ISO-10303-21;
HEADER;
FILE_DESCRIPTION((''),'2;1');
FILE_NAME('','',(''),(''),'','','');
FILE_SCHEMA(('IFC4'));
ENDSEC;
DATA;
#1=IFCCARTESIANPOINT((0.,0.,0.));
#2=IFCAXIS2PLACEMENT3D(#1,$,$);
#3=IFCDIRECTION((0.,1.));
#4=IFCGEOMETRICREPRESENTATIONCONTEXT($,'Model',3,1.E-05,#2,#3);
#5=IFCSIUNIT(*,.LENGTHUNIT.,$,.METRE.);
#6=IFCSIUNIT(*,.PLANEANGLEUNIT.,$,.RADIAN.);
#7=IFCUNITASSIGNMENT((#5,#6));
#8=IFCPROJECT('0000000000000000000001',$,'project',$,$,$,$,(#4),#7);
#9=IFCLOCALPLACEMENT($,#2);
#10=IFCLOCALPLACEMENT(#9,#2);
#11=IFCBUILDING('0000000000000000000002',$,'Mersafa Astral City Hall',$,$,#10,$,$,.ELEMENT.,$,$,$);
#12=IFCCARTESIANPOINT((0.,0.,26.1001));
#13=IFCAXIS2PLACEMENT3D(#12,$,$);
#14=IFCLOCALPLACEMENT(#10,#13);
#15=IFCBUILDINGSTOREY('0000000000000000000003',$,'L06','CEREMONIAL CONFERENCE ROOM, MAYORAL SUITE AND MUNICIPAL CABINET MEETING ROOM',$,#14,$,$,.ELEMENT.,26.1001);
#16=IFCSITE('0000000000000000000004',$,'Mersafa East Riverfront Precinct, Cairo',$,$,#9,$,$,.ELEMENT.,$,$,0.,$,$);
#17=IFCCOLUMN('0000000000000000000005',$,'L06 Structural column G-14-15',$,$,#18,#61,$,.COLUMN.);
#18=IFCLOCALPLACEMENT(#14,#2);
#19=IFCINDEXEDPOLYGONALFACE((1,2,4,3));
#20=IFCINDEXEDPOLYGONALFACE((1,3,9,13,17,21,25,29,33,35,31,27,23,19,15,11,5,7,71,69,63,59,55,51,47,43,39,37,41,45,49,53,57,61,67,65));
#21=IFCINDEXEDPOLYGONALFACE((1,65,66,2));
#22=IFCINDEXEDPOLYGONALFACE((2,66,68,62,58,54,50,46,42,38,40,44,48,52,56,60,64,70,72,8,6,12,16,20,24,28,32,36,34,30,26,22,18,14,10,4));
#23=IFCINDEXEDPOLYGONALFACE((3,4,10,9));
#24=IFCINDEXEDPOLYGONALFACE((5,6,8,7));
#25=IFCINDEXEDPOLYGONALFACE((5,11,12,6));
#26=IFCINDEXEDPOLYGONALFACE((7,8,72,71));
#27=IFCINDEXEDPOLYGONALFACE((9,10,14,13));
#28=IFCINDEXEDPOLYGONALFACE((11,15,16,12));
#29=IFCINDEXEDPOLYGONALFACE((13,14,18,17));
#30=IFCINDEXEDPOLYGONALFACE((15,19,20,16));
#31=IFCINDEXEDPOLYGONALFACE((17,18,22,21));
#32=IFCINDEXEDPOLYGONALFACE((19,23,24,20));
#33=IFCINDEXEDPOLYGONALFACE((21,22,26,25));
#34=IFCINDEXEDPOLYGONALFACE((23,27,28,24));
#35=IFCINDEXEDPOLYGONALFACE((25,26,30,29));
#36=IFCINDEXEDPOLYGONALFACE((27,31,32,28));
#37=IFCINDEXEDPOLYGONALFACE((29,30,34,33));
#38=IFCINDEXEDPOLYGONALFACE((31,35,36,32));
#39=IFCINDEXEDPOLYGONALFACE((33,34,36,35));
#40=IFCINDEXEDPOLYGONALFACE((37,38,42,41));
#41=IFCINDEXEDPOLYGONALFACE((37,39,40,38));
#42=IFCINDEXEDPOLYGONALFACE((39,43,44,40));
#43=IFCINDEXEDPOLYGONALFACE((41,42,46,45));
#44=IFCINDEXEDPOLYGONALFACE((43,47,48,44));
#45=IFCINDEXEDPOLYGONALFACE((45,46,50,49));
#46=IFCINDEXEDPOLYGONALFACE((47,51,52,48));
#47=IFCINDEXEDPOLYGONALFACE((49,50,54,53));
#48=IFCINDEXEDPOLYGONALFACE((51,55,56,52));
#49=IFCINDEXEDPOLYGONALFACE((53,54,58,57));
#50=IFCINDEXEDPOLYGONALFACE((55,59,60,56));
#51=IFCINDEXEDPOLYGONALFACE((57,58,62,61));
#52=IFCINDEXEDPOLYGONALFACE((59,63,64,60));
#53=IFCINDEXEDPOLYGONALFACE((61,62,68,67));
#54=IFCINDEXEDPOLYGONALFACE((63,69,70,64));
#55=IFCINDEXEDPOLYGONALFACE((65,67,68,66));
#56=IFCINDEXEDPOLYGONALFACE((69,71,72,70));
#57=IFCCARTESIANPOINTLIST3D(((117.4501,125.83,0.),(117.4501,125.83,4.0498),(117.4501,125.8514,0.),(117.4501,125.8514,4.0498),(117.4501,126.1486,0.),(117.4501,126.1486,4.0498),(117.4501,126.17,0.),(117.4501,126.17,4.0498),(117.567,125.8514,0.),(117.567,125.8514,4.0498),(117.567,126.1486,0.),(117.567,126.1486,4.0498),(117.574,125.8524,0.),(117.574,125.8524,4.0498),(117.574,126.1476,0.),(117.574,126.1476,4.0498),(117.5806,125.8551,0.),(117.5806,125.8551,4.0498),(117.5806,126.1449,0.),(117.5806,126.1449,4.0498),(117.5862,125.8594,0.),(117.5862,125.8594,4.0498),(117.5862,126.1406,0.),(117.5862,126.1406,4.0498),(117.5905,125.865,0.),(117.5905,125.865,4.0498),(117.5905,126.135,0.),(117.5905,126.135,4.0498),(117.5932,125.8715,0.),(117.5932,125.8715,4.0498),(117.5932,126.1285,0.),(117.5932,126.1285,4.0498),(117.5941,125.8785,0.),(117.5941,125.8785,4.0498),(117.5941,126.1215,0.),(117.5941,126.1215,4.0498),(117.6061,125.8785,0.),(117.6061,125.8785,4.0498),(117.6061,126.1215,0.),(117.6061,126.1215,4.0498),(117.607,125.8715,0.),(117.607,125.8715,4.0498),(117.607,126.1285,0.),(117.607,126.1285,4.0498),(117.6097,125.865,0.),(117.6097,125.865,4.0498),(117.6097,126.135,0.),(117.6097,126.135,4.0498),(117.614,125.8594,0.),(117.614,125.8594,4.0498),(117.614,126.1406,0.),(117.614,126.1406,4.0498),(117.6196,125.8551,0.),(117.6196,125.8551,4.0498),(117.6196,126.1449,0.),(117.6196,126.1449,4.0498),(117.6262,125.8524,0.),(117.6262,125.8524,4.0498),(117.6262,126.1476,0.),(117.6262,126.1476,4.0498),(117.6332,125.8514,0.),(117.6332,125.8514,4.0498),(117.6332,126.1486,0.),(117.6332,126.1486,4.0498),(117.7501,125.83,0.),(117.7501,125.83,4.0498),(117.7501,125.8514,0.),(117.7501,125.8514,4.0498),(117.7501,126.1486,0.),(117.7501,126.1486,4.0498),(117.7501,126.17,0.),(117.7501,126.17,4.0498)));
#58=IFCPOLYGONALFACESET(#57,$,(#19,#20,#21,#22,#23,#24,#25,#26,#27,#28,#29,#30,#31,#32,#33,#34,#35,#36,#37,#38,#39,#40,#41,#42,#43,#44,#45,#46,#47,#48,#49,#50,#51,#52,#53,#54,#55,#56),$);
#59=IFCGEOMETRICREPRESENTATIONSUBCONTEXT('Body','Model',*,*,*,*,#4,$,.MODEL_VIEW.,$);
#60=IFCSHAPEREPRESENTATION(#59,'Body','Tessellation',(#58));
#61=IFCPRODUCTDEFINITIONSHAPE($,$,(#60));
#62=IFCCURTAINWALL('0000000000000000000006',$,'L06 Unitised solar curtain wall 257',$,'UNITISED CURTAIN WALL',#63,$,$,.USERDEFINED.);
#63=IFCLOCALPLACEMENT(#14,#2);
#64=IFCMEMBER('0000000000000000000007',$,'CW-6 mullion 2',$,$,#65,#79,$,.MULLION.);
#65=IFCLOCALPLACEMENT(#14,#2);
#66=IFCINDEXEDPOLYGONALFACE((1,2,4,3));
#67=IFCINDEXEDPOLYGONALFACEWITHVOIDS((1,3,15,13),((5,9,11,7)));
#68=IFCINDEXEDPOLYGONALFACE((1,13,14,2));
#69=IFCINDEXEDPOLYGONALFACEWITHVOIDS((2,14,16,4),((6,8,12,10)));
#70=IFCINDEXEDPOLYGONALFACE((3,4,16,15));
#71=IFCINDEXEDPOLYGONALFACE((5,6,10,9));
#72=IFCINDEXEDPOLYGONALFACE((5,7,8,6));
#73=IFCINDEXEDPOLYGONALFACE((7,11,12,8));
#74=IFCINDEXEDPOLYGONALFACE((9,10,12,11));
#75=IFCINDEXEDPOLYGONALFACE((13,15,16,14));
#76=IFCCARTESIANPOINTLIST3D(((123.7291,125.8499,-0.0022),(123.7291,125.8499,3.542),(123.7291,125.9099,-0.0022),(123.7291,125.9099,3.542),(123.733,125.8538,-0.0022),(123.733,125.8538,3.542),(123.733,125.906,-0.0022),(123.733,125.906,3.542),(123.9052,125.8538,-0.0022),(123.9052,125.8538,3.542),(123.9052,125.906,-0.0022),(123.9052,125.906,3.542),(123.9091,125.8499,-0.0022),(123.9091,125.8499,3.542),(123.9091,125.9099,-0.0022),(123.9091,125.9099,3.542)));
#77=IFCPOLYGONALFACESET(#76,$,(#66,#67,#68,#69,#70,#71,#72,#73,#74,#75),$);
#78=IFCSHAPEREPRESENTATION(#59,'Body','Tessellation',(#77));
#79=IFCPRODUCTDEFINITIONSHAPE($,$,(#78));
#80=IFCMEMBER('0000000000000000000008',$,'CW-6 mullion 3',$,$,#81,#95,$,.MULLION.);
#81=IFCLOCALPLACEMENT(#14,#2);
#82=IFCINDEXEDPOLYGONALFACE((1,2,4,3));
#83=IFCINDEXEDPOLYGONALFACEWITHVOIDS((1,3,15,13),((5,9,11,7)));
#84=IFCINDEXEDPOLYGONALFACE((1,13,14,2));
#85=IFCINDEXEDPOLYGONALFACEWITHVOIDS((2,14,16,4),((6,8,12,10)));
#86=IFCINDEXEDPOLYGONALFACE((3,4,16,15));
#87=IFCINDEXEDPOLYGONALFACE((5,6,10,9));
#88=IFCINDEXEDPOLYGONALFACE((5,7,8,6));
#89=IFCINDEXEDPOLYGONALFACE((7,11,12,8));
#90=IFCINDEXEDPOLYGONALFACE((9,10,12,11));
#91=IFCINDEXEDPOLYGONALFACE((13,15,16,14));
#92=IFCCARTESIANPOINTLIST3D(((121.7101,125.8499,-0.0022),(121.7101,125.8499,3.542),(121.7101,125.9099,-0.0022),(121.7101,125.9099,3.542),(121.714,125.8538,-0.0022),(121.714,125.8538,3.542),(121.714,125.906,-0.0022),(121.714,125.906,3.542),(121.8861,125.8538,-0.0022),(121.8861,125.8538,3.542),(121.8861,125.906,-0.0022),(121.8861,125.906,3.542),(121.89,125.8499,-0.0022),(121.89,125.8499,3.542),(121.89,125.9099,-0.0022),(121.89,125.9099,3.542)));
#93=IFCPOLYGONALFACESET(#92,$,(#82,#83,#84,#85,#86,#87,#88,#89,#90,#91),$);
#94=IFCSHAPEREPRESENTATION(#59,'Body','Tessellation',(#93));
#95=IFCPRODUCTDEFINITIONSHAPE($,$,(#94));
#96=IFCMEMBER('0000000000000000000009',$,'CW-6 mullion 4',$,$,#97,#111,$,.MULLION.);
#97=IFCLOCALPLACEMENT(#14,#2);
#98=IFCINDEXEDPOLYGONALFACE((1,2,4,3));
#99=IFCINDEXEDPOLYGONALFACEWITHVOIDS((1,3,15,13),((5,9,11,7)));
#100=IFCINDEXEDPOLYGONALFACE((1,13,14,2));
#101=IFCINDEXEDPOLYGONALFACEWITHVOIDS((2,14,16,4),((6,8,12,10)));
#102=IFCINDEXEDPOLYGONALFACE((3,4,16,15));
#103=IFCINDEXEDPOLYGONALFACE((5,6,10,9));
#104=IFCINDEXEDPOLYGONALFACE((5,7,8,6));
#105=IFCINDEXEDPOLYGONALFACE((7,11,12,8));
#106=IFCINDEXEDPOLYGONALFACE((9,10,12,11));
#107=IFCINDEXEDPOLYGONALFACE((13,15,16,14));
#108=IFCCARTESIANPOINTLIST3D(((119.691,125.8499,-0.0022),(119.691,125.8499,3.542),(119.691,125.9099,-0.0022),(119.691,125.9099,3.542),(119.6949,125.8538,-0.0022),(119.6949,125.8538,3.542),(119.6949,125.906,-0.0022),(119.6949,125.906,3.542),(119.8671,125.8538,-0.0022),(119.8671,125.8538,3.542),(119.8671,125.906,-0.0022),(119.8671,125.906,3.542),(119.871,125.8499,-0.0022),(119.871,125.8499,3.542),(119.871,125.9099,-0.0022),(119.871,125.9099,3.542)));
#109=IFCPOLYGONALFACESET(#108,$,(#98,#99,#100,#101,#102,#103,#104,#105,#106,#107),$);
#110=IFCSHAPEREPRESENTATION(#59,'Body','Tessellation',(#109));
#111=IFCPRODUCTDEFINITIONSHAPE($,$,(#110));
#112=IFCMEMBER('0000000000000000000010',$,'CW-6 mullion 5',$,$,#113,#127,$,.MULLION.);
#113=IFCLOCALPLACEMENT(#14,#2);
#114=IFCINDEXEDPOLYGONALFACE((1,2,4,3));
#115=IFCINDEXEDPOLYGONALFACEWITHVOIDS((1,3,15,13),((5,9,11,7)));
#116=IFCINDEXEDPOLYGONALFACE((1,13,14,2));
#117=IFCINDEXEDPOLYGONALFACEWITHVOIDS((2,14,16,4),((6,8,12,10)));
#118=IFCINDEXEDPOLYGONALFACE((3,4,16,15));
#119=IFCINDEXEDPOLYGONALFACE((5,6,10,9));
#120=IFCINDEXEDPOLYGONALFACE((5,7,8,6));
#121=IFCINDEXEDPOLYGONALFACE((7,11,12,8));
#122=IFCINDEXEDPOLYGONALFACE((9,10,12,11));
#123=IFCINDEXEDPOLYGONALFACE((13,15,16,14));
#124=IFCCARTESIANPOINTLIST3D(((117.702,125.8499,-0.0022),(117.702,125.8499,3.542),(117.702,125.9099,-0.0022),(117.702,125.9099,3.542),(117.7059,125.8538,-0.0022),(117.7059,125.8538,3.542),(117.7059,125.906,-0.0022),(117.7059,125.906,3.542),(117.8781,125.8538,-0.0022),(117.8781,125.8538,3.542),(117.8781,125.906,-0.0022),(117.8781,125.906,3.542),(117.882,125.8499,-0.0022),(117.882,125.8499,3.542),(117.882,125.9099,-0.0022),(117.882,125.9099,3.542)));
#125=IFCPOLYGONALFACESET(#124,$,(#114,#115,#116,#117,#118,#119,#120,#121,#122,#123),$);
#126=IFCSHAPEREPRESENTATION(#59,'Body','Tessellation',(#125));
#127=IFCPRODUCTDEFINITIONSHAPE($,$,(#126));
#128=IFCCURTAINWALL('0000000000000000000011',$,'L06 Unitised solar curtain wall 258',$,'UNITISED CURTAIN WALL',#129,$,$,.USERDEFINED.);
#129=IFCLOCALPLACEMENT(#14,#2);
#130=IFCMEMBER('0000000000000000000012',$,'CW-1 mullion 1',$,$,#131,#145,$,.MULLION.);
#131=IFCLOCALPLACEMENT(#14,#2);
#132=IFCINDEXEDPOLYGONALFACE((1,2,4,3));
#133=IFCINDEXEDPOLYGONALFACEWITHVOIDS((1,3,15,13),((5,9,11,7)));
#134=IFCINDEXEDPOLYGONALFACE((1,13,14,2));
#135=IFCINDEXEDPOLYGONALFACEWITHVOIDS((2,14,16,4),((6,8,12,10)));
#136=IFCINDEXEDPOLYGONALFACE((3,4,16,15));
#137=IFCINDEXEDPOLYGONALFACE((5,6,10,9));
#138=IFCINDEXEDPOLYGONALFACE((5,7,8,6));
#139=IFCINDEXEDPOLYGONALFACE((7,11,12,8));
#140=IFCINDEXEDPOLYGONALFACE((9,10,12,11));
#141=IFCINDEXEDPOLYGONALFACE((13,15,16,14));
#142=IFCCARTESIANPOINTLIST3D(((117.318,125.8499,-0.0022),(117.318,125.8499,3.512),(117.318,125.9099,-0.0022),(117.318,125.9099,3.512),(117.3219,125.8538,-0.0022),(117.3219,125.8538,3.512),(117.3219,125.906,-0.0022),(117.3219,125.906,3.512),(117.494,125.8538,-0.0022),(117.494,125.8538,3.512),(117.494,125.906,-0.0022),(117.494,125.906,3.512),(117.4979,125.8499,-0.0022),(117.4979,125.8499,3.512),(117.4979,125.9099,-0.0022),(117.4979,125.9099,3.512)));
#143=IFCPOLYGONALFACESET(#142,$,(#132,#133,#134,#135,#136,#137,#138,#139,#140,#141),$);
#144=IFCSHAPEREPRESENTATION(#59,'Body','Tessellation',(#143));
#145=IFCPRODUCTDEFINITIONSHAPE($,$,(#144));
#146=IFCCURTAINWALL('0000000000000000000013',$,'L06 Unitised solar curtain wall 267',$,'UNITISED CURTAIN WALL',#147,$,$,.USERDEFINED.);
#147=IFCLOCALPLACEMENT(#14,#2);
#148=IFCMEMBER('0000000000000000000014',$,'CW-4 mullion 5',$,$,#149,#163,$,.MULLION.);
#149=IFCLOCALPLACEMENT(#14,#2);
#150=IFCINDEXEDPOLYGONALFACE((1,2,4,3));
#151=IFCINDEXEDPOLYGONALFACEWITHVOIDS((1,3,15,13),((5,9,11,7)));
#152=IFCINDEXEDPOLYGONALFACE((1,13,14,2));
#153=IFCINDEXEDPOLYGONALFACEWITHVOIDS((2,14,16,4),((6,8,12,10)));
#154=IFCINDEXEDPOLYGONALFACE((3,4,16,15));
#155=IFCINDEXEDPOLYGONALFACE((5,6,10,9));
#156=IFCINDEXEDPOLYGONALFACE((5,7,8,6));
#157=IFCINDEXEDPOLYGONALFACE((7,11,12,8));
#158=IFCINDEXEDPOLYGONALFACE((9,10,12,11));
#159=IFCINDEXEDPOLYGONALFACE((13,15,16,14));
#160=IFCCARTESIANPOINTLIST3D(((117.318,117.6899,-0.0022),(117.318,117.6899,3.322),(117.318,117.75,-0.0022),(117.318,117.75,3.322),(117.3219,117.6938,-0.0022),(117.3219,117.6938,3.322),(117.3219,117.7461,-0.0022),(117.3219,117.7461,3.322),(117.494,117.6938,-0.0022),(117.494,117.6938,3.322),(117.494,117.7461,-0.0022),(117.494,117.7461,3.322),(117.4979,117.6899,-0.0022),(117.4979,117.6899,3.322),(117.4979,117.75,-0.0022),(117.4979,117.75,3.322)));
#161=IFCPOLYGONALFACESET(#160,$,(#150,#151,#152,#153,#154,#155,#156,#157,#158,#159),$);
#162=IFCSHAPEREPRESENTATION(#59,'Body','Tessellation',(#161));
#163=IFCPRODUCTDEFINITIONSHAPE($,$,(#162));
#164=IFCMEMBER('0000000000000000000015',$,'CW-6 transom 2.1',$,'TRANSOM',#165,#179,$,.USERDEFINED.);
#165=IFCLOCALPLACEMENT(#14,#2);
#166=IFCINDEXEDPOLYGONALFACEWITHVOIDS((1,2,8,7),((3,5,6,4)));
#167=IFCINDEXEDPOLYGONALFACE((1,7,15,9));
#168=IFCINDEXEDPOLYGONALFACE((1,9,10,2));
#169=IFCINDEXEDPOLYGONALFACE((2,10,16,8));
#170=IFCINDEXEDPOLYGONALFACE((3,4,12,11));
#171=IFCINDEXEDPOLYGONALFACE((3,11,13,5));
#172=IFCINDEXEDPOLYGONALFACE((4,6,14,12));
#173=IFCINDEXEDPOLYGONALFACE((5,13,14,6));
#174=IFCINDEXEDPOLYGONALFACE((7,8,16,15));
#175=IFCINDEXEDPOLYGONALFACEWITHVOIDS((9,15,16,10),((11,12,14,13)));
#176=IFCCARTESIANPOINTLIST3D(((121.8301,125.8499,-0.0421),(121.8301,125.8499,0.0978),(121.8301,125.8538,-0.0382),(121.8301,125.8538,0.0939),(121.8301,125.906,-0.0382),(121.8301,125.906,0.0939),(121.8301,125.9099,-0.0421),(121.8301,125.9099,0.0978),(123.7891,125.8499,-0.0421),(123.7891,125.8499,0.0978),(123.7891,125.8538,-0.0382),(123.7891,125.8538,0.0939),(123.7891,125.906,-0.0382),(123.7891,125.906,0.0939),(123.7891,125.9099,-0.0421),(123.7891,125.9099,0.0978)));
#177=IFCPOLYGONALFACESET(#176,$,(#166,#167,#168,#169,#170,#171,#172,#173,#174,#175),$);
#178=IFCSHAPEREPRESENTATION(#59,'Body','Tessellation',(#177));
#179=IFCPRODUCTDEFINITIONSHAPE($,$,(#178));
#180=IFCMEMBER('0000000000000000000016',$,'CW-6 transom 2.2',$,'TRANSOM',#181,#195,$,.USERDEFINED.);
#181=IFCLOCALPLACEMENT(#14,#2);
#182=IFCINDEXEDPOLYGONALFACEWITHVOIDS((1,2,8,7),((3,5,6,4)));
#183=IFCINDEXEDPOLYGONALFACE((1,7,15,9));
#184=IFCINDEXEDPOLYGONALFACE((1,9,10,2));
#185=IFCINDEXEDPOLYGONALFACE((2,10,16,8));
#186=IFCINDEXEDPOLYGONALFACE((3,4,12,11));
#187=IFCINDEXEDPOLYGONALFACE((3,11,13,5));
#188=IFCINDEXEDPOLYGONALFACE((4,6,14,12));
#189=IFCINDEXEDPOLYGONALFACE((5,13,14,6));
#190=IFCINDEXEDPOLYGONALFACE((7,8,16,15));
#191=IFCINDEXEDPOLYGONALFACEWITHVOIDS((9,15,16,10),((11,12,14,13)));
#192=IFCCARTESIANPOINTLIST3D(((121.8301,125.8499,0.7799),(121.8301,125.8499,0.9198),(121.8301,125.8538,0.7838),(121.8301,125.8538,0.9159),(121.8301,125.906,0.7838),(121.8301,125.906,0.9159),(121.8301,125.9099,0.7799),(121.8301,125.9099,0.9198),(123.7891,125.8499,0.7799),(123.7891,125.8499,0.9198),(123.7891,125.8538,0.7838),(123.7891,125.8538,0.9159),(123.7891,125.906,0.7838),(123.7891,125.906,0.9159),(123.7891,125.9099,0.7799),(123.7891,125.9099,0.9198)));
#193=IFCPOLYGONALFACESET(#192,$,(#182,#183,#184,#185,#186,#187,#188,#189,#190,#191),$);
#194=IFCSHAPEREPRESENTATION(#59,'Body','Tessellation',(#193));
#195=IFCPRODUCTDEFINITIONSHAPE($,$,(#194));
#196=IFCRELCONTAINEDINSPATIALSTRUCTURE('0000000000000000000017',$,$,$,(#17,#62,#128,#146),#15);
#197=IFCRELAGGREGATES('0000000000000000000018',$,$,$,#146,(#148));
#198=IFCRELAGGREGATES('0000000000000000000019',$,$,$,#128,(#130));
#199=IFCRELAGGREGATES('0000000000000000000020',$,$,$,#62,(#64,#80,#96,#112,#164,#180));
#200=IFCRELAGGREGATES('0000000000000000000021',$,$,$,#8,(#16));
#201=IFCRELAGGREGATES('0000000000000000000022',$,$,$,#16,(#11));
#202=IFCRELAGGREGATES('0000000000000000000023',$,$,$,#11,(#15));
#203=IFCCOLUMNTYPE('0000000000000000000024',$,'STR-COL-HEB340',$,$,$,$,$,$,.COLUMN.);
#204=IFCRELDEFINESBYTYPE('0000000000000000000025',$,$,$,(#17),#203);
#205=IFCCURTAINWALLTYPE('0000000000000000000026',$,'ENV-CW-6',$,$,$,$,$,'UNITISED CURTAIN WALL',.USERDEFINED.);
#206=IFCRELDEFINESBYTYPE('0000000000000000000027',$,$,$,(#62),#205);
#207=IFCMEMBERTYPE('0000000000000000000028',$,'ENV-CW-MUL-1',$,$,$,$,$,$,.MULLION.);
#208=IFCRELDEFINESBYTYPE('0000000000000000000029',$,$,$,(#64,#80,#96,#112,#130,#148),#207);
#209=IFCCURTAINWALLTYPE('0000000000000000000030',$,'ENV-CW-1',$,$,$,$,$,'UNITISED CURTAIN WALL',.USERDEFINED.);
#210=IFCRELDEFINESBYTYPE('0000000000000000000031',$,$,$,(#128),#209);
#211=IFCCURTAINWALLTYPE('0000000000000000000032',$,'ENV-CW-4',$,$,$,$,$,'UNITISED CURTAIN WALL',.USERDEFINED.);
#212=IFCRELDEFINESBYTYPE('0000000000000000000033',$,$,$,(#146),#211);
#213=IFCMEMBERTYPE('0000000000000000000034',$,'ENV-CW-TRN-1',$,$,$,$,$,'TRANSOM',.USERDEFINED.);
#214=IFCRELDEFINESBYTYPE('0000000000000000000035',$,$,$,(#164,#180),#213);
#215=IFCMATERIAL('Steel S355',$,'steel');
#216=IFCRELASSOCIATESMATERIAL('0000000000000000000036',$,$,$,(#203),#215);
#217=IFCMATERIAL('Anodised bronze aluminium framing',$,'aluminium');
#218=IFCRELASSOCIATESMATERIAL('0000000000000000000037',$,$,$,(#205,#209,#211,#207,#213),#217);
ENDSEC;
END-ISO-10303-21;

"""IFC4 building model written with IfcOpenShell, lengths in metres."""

from ifc_helpers import new_model, si_unit, direction, frame, origin, origin_2d, place, context, subcontext, project, spatial, hollow_rectangle, i_section, extrude, material, material_profile, profile_set, type_object, element, aggregate, save


model = new_model("IFC4")

# Units and contexts
model_context = context("Model", 3, precision=1e-05, world=origin(), true_north=direction((0.0, 1.0)))
body_context = subcontext(model_context, "Body", "Model", "MODEL_VIEW")
ifc_project = project(units=[si_unit("LENGTHUNIT", "METRE"), si_unit("PLANEANGLEUNIT", "RADIAN")], contexts=[model_context])

# Site, building, storey
site_placement = place(None, origin())
site = spatial("IfcSite", under=ifc_project, at=site_placement, Name="Mersafa East Riverfront Precinct, Cairo", CompositionType="ELEMENT", RefElevation=0.0)
building_placement = place(site_placement, origin())
building = spatial("IfcBuilding", under=site, at=building_placement, Name="Mersafa Astral City Hall", CompositionType="ELEMENT")
storey_placement = place(building_placement, frame((0.0, 0.0, 26.1001)))
storey = spatial("IfcBuildingStorey", under=building, at=storey_placement, Name="L06", Description="CEREMONIAL CONFERENCE ROOM, MAYORAL SUITE AND MUNICIPAL CABINET MEETING ROOM", CompositionType="ELEMENT", Elevation=26.1001)

# Column
ifc_material_1 = material(Name="Steel S355", Category="steel")
ifc_material_profile_1 = material_profile(ifc_material_1, i_section(OverallWidth=0.3, OverallDepth=0.3401, WebThickness=0.012, FlangeThickness=0.0215, FilletRadius=0.0271, at=origin_2d()), Name="HEB 340")
ifc_profile_set_1 = profile_set([ifc_material_profile_1], Name="Steel S355")
column_type = type_object("IfcColumnType", Name="STR-COL-HEB340", PredefinedType="COLUMN", material=ifc_profile_set_1)
column_placement = place(storey_placement, frame((117.6001, 126.0, 0.0), z_axis=(0.0, 0.0, 1.0), x_axis=(1.0, 0.0, 0.0)))
element("IfcColumn", 1, at=column_placement, inside=storey, type_object=column_type, Name="L06 Structural column G-14-15", PredefinedType="COLUMN", context=body_context, shape_type="SweptSolid", body=[
    extrude(i_section(OverallWidth=0.3, OverallDepth=0.3401, WebThickness=0.012, FlangeThickness=0.0215, FilletRadius=0.0271, at=origin_2d()), origin(), (0.0, 0.0, 1.0), 4.0498),
])

# Curtain wall, members
ifc_material_2 = material(Name="Anodised bronze aluminium framing", Category="aluminium")
curtain_wall_type_1 = type_object("IfcCurtainWallType", Name="ENV-CW-6", ElementType="UNITISED CURTAIN WALL", PredefinedType="USERDEFINED", material=ifc_material_2)
curtain_wall_1_placement = place(storey_placement, origin())
curtain_wall_1 = element("IfcCurtainWall", 2, at=curtain_wall_1_placement, inside=storey, type_object=curtain_wall_type_1, Name="L06 Unitised solar curtain wall 257", ObjectType="UNITISED CURTAIN WALL", PredefinedType="USERDEFINED")
ifc_material_profile_2 = material_profile(ifc_material_2, hollow_rectangle(XDim=0.0601, YDim=0.1799, WallThickness=0.0039, at=origin_2d()), Name="RHS 60x180x4")
ifc_profile_set_2 = profile_set([ifc_material_profile_2], Name="Anodised bronze aluminium framing")
member_type_1 = type_object("IfcMemberType", Name="ENV-CW-MUL-1", PredefinedType="MULLION", material=ifc_profile_set_2)
member_1_placement = place(storey_placement, frame((123.8191, 125.8799, -0.0022), z_axis=(0.0, 0.0, 1.0), x_axis=(0.0, -1.0, 0.0)))
member_1 = element("IfcMember", 3, at=member_1_placement, type_object=member_type_1, Name="CW-6 mullion 2", PredefinedType="MULLION", context=body_context, shape_type="SweptSolid", body=[
    extrude(hollow_rectangle(XDim=0.0601, YDim=0.1799, WallThickness=0.0039, at=origin_2d()), origin(), (0.0, 0.0, 1.0), 3.5442),
])
member_2_placement = place(storey_placement, frame((121.8, 125.8799, -0.0022), z_axis=(0.0, 0.0, 1.0), x_axis=(0.0, -1.0, 0.0)))
member_2 = element("IfcMember", 4, at=member_2_placement, type_object=member_type_1, Name="CW-6 mullion 3", PredefinedType="MULLION", context=body_context, shape_type="SweptSolid", body=[
    extrude(hollow_rectangle(XDim=0.0601, YDim=0.1799, WallThickness=0.0039, at=origin_2d()), origin(), (0.0, 0.0, 1.0), 3.5442),
])
member_3_placement = place(storey_placement, frame((119.781, 125.8799, -0.0022), z_axis=(0.0, 0.0, 1.0), x_axis=(0.0, -1.0, 0.0)))
member_3 = element("IfcMember", 5, at=member_3_placement, type_object=member_type_1, Name="CW-6 mullion 4", PredefinedType="MULLION", context=body_context, shape_type="SweptSolid", body=[
    extrude(hollow_rectangle(XDim=0.0601, YDim=0.1799, WallThickness=0.0039, at=origin_2d()), origin(), (0.0, 0.0, 1.0), 3.5442),
])
member_4_placement = place(storey_placement, frame((117.792, 125.8799, -0.0022), z_axis=(0.0, 0.0, 1.0), x_axis=(0.0, -1.0, 0.0)))
member_4 = element("IfcMember", 6, at=member_4_placement, type_object=member_type_1, Name="CW-6 mullion 5", PredefinedType="MULLION", context=body_context, shape_type="SweptSolid", body=[
    extrude(hollow_rectangle(XDim=0.0601, YDim=0.1799, WallThickness=0.0039, at=origin_2d()), origin(), (0.0, 0.0, 1.0), 3.5442),
])

# Curtain walls, members
curtain_wall_type_2 = type_object("IfcCurtainWallType", Name="ENV-CW-1", ElementType="UNITISED CURTAIN WALL", PredefinedType="USERDEFINED", material=ifc_material_2)
curtain_wall_2_placement = place(storey_placement, origin())
curtain_wall_2 = element("IfcCurtainWall", 7, at=curtain_wall_2_placement, inside=storey, type_object=curtain_wall_type_2, Name="L06 Unitised solar curtain wall 258", ObjectType="UNITISED CURTAIN WALL", PredefinedType="USERDEFINED")
member_5_placement = place(storey_placement, frame((117.408, 125.8799, -0.0022), z_axis=(0.0, 0.0, 1.0), x_axis=(0.0, -1.0, 0.0)))
member_5 = element("IfcMember", 8, at=member_5_placement, type_object=member_type_1, Name="CW-1 mullion 1", PredefinedType="MULLION", context=body_context, shape_type="SweptSolid", body=[
    extrude(hollow_rectangle(XDim=0.0601, YDim=0.1799, WallThickness=0.0039, at=origin_2d()), origin(), (0.0, 0.0, 1.0), 3.5142),
])
curtain_wall_type_3 = type_object("IfcCurtainWallType", Name="ENV-CW-4", ElementType="UNITISED CURTAIN WALL", PredefinedType="USERDEFINED", material=ifc_material_2)
curtain_wall_3_placement = place(storey_placement, origin())
curtain_wall_3 = element("IfcCurtainWall", 9, at=curtain_wall_3_placement, inside=storey, type_object=curtain_wall_type_3, Name="L06 Unitised solar curtain wall 267", ObjectType="UNITISED CURTAIN WALL", PredefinedType="USERDEFINED")
member_6_placement = place(storey_placement, frame((117.408, 117.72, -0.0022), z_axis=(0.0, 0.0, 1.0), x_axis=(0.0, 1.0, 0.0)))
member_6 = element("IfcMember", 10, at=member_6_placement, type_object=member_type_1, Name="CW-4 mullion 5", PredefinedType="MULLION", context=body_context, shape_type="SweptSolid", body=[
    extrude(hollow_rectangle(XDim=0.0601, YDim=0.1799, WallThickness=0.0039, at=origin_2d()), origin(), (0.0, 0.0, 1.0), 3.3242),
])
aggregate(curtain_wall_3, [member_6])

# Members
ifc_material_profile_3 = material_profile(ifc_material_2, hollow_rectangle(XDim=0.0601, YDim=0.1399, WallThickness=0.0039, at=origin_2d()), Name="RHS 60x140x4")
ifc_profile_set_3 = profile_set([ifc_material_profile_3], Name="Anodised bronze aluminium framing")
member_type_2 = type_object("IfcMemberType", Name="ENV-CW-TRN-1", ElementType="TRANSOM", PredefinedType="USERDEFINED", material=ifc_profile_set_3)
member_7_placement = place(storey_placement, frame((123.7891, 125.8799, 0.0278), z_axis=(-1.0, 0.0, 0.0), x_axis=(0.0, -1.0, 0.0)))
member_7 = element("IfcMember", 11, at=member_7_placement, type_object=member_type_2, Name="CW-6 transom 2.1", ObjectType="TRANSOM", PredefinedType="USERDEFINED", context=body_context, shape_type="SweptSolid", body=[
    extrude(hollow_rectangle(XDim=0.0601, YDim=0.1399, WallThickness=0.0039, at=origin_2d()), origin(), (0.0, 0.0, 1.0), 1.959),
])
member_8_placement = place(storey_placement, frame((123.7891, 125.8799, 0.8499), z_axis=(-1.0, 0.0, 0.0), x_axis=(0.0, -1.0, 0.0)))
member_8 = element("IfcMember", 12, at=member_8_placement, type_object=member_type_2, Name="CW-6 transom 2.2", ObjectType="TRANSOM", PredefinedType="USERDEFINED", context=body_context, shape_type="SweptSolid", body=[
    extrude(hollow_rectangle(XDim=0.0601, YDim=0.1399, WallThickness=0.0039, at=origin_2d()), origin(), (0.0, 0.0, 1.0), 1.959),
])
aggregate(curtain_wall_2, [member_5])

aggregate(curtain_wall_1, [member_1, member_2, member_3, member_4, member_7, member_8])

save(model, "model.ifc")
